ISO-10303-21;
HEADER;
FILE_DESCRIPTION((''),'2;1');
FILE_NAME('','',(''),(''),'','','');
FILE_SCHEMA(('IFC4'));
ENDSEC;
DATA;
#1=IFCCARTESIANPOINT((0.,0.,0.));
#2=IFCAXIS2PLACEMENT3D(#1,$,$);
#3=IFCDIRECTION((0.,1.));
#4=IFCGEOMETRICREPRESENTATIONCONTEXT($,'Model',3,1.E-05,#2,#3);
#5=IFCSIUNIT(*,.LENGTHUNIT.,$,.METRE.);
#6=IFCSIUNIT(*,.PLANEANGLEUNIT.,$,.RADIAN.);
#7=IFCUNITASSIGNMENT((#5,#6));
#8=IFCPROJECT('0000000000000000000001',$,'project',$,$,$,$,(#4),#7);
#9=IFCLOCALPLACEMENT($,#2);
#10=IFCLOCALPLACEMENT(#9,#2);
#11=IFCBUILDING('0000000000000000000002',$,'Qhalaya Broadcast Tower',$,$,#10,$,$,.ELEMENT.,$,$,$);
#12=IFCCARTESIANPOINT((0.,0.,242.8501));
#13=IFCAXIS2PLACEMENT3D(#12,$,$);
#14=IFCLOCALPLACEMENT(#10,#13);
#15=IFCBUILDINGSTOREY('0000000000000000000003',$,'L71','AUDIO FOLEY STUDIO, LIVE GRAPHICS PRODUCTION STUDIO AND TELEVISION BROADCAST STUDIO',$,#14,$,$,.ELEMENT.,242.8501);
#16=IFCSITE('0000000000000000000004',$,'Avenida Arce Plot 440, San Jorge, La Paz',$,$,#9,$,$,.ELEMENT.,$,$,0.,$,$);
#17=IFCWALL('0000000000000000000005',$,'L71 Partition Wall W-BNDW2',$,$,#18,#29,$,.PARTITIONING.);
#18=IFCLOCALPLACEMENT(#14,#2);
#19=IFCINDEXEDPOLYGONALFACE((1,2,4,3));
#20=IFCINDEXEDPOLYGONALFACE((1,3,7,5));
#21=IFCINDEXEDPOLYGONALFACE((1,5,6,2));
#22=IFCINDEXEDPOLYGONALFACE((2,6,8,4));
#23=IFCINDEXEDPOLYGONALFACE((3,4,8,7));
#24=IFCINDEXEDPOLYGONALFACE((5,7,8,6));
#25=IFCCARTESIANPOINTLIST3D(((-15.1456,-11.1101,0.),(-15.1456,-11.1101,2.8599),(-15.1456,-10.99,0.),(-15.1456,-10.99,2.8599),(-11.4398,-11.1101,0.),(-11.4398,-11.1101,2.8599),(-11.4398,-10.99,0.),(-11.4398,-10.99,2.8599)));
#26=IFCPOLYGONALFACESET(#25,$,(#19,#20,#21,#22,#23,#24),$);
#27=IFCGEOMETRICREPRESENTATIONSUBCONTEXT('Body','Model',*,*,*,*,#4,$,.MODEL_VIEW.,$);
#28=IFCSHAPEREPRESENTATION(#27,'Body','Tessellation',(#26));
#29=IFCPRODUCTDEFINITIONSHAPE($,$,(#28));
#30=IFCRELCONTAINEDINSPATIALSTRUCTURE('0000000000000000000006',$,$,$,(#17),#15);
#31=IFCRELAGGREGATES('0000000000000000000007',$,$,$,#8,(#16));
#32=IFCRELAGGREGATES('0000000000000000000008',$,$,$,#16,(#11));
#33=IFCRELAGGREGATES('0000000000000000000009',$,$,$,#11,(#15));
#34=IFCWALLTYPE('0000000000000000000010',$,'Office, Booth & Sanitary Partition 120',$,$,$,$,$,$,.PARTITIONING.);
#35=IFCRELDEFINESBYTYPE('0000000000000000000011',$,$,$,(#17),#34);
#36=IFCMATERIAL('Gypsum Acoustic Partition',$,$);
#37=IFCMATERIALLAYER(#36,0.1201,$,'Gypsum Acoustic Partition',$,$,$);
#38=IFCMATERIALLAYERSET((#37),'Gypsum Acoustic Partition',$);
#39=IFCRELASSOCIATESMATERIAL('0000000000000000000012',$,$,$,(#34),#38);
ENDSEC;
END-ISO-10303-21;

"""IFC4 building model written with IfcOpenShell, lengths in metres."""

from ifc_helpers import new_model, si_unit, direction, frame, frame_2d, origin, place, context, subcontext, project, spatial, rectangle, extrude, material, layer, layer_set, type_object, element, save


model = new_model("IFC4")

# Units and contexts
model_context = context("Model", 3, precision=1e-05, world=origin(), true_north=direction((0.0, 1.0)))
body_context = subcontext(model_context, "Body", "Model", "MODEL_VIEW")
ifc_project = project(units=[si_unit("LENGTHUNIT", "METRE"), si_unit("PLANEANGLEUNIT", "RADIAN")], contexts=[model_context])

# Site, building, storey
site_placement = place(None, origin())
site = spatial("IfcSite", under=ifc_project, at=site_placement, Name="Avenida Arce Plot 440, San Jorge, La Paz", CompositionType="ELEMENT", RefElevation=0.0)
building_placement = place(site_placement, origin())
building = spatial("IfcBuilding", under=site, at=building_placement, Name="Qhalaya Broadcast Tower", CompositionType="ELEMENT")
storey_placement = place(building_placement, frame((0.0, 0.0, 242.8501)))
storey = spatial("IfcBuildingStorey", under=building, at=storey_placement, Name="L71", Description="AUDIO FOLEY STUDIO, LIVE GRAPHICS PRODUCTION STUDIO AND TELEVISION BROADCAST STUDIO", CompositionType="ELEMENT", Elevation=242.8501)

# Wall
ifc_material_1 = material(Name="Gypsum Acoustic Partition")
ifc_layer_1 = layer(ifc_material_1, 0.1201, Name="Gypsum Acoustic Partition")
ifc_layer_set_1 = layer_set([ifc_layer_1], Name="Gypsum Acoustic Partition")
wall_type_1 = type_object("IfcWallType", Name="Office, Booth & Sanitary Partition 120", PredefinedType="PARTITIONING", material=ifc_layer_set_1)
wall_1_placement = place(storey_placement, frame((-15.1458, -11.05, 0.0), z_axis=(0.0, 0.0, 1.0), x_axis=(1.0, 0.0, 0.0)))
element("IfcWall", 1, at=wall_1_placement, inside=storey, type_object=wall_type_1, Name="L71 Partition Wall W-BNDW2", PredefinedType="PARTITIONING", context=body_context, shape_type="SweptSolid", body=[
    extrude(rectangle(XDim=3.7058, YDim=0.1201, at=frame_2d((1.853, 0.0))), origin(), (0.0, 0.0, 1.0), 2.8599),
])

save(model, "model.ifc")
